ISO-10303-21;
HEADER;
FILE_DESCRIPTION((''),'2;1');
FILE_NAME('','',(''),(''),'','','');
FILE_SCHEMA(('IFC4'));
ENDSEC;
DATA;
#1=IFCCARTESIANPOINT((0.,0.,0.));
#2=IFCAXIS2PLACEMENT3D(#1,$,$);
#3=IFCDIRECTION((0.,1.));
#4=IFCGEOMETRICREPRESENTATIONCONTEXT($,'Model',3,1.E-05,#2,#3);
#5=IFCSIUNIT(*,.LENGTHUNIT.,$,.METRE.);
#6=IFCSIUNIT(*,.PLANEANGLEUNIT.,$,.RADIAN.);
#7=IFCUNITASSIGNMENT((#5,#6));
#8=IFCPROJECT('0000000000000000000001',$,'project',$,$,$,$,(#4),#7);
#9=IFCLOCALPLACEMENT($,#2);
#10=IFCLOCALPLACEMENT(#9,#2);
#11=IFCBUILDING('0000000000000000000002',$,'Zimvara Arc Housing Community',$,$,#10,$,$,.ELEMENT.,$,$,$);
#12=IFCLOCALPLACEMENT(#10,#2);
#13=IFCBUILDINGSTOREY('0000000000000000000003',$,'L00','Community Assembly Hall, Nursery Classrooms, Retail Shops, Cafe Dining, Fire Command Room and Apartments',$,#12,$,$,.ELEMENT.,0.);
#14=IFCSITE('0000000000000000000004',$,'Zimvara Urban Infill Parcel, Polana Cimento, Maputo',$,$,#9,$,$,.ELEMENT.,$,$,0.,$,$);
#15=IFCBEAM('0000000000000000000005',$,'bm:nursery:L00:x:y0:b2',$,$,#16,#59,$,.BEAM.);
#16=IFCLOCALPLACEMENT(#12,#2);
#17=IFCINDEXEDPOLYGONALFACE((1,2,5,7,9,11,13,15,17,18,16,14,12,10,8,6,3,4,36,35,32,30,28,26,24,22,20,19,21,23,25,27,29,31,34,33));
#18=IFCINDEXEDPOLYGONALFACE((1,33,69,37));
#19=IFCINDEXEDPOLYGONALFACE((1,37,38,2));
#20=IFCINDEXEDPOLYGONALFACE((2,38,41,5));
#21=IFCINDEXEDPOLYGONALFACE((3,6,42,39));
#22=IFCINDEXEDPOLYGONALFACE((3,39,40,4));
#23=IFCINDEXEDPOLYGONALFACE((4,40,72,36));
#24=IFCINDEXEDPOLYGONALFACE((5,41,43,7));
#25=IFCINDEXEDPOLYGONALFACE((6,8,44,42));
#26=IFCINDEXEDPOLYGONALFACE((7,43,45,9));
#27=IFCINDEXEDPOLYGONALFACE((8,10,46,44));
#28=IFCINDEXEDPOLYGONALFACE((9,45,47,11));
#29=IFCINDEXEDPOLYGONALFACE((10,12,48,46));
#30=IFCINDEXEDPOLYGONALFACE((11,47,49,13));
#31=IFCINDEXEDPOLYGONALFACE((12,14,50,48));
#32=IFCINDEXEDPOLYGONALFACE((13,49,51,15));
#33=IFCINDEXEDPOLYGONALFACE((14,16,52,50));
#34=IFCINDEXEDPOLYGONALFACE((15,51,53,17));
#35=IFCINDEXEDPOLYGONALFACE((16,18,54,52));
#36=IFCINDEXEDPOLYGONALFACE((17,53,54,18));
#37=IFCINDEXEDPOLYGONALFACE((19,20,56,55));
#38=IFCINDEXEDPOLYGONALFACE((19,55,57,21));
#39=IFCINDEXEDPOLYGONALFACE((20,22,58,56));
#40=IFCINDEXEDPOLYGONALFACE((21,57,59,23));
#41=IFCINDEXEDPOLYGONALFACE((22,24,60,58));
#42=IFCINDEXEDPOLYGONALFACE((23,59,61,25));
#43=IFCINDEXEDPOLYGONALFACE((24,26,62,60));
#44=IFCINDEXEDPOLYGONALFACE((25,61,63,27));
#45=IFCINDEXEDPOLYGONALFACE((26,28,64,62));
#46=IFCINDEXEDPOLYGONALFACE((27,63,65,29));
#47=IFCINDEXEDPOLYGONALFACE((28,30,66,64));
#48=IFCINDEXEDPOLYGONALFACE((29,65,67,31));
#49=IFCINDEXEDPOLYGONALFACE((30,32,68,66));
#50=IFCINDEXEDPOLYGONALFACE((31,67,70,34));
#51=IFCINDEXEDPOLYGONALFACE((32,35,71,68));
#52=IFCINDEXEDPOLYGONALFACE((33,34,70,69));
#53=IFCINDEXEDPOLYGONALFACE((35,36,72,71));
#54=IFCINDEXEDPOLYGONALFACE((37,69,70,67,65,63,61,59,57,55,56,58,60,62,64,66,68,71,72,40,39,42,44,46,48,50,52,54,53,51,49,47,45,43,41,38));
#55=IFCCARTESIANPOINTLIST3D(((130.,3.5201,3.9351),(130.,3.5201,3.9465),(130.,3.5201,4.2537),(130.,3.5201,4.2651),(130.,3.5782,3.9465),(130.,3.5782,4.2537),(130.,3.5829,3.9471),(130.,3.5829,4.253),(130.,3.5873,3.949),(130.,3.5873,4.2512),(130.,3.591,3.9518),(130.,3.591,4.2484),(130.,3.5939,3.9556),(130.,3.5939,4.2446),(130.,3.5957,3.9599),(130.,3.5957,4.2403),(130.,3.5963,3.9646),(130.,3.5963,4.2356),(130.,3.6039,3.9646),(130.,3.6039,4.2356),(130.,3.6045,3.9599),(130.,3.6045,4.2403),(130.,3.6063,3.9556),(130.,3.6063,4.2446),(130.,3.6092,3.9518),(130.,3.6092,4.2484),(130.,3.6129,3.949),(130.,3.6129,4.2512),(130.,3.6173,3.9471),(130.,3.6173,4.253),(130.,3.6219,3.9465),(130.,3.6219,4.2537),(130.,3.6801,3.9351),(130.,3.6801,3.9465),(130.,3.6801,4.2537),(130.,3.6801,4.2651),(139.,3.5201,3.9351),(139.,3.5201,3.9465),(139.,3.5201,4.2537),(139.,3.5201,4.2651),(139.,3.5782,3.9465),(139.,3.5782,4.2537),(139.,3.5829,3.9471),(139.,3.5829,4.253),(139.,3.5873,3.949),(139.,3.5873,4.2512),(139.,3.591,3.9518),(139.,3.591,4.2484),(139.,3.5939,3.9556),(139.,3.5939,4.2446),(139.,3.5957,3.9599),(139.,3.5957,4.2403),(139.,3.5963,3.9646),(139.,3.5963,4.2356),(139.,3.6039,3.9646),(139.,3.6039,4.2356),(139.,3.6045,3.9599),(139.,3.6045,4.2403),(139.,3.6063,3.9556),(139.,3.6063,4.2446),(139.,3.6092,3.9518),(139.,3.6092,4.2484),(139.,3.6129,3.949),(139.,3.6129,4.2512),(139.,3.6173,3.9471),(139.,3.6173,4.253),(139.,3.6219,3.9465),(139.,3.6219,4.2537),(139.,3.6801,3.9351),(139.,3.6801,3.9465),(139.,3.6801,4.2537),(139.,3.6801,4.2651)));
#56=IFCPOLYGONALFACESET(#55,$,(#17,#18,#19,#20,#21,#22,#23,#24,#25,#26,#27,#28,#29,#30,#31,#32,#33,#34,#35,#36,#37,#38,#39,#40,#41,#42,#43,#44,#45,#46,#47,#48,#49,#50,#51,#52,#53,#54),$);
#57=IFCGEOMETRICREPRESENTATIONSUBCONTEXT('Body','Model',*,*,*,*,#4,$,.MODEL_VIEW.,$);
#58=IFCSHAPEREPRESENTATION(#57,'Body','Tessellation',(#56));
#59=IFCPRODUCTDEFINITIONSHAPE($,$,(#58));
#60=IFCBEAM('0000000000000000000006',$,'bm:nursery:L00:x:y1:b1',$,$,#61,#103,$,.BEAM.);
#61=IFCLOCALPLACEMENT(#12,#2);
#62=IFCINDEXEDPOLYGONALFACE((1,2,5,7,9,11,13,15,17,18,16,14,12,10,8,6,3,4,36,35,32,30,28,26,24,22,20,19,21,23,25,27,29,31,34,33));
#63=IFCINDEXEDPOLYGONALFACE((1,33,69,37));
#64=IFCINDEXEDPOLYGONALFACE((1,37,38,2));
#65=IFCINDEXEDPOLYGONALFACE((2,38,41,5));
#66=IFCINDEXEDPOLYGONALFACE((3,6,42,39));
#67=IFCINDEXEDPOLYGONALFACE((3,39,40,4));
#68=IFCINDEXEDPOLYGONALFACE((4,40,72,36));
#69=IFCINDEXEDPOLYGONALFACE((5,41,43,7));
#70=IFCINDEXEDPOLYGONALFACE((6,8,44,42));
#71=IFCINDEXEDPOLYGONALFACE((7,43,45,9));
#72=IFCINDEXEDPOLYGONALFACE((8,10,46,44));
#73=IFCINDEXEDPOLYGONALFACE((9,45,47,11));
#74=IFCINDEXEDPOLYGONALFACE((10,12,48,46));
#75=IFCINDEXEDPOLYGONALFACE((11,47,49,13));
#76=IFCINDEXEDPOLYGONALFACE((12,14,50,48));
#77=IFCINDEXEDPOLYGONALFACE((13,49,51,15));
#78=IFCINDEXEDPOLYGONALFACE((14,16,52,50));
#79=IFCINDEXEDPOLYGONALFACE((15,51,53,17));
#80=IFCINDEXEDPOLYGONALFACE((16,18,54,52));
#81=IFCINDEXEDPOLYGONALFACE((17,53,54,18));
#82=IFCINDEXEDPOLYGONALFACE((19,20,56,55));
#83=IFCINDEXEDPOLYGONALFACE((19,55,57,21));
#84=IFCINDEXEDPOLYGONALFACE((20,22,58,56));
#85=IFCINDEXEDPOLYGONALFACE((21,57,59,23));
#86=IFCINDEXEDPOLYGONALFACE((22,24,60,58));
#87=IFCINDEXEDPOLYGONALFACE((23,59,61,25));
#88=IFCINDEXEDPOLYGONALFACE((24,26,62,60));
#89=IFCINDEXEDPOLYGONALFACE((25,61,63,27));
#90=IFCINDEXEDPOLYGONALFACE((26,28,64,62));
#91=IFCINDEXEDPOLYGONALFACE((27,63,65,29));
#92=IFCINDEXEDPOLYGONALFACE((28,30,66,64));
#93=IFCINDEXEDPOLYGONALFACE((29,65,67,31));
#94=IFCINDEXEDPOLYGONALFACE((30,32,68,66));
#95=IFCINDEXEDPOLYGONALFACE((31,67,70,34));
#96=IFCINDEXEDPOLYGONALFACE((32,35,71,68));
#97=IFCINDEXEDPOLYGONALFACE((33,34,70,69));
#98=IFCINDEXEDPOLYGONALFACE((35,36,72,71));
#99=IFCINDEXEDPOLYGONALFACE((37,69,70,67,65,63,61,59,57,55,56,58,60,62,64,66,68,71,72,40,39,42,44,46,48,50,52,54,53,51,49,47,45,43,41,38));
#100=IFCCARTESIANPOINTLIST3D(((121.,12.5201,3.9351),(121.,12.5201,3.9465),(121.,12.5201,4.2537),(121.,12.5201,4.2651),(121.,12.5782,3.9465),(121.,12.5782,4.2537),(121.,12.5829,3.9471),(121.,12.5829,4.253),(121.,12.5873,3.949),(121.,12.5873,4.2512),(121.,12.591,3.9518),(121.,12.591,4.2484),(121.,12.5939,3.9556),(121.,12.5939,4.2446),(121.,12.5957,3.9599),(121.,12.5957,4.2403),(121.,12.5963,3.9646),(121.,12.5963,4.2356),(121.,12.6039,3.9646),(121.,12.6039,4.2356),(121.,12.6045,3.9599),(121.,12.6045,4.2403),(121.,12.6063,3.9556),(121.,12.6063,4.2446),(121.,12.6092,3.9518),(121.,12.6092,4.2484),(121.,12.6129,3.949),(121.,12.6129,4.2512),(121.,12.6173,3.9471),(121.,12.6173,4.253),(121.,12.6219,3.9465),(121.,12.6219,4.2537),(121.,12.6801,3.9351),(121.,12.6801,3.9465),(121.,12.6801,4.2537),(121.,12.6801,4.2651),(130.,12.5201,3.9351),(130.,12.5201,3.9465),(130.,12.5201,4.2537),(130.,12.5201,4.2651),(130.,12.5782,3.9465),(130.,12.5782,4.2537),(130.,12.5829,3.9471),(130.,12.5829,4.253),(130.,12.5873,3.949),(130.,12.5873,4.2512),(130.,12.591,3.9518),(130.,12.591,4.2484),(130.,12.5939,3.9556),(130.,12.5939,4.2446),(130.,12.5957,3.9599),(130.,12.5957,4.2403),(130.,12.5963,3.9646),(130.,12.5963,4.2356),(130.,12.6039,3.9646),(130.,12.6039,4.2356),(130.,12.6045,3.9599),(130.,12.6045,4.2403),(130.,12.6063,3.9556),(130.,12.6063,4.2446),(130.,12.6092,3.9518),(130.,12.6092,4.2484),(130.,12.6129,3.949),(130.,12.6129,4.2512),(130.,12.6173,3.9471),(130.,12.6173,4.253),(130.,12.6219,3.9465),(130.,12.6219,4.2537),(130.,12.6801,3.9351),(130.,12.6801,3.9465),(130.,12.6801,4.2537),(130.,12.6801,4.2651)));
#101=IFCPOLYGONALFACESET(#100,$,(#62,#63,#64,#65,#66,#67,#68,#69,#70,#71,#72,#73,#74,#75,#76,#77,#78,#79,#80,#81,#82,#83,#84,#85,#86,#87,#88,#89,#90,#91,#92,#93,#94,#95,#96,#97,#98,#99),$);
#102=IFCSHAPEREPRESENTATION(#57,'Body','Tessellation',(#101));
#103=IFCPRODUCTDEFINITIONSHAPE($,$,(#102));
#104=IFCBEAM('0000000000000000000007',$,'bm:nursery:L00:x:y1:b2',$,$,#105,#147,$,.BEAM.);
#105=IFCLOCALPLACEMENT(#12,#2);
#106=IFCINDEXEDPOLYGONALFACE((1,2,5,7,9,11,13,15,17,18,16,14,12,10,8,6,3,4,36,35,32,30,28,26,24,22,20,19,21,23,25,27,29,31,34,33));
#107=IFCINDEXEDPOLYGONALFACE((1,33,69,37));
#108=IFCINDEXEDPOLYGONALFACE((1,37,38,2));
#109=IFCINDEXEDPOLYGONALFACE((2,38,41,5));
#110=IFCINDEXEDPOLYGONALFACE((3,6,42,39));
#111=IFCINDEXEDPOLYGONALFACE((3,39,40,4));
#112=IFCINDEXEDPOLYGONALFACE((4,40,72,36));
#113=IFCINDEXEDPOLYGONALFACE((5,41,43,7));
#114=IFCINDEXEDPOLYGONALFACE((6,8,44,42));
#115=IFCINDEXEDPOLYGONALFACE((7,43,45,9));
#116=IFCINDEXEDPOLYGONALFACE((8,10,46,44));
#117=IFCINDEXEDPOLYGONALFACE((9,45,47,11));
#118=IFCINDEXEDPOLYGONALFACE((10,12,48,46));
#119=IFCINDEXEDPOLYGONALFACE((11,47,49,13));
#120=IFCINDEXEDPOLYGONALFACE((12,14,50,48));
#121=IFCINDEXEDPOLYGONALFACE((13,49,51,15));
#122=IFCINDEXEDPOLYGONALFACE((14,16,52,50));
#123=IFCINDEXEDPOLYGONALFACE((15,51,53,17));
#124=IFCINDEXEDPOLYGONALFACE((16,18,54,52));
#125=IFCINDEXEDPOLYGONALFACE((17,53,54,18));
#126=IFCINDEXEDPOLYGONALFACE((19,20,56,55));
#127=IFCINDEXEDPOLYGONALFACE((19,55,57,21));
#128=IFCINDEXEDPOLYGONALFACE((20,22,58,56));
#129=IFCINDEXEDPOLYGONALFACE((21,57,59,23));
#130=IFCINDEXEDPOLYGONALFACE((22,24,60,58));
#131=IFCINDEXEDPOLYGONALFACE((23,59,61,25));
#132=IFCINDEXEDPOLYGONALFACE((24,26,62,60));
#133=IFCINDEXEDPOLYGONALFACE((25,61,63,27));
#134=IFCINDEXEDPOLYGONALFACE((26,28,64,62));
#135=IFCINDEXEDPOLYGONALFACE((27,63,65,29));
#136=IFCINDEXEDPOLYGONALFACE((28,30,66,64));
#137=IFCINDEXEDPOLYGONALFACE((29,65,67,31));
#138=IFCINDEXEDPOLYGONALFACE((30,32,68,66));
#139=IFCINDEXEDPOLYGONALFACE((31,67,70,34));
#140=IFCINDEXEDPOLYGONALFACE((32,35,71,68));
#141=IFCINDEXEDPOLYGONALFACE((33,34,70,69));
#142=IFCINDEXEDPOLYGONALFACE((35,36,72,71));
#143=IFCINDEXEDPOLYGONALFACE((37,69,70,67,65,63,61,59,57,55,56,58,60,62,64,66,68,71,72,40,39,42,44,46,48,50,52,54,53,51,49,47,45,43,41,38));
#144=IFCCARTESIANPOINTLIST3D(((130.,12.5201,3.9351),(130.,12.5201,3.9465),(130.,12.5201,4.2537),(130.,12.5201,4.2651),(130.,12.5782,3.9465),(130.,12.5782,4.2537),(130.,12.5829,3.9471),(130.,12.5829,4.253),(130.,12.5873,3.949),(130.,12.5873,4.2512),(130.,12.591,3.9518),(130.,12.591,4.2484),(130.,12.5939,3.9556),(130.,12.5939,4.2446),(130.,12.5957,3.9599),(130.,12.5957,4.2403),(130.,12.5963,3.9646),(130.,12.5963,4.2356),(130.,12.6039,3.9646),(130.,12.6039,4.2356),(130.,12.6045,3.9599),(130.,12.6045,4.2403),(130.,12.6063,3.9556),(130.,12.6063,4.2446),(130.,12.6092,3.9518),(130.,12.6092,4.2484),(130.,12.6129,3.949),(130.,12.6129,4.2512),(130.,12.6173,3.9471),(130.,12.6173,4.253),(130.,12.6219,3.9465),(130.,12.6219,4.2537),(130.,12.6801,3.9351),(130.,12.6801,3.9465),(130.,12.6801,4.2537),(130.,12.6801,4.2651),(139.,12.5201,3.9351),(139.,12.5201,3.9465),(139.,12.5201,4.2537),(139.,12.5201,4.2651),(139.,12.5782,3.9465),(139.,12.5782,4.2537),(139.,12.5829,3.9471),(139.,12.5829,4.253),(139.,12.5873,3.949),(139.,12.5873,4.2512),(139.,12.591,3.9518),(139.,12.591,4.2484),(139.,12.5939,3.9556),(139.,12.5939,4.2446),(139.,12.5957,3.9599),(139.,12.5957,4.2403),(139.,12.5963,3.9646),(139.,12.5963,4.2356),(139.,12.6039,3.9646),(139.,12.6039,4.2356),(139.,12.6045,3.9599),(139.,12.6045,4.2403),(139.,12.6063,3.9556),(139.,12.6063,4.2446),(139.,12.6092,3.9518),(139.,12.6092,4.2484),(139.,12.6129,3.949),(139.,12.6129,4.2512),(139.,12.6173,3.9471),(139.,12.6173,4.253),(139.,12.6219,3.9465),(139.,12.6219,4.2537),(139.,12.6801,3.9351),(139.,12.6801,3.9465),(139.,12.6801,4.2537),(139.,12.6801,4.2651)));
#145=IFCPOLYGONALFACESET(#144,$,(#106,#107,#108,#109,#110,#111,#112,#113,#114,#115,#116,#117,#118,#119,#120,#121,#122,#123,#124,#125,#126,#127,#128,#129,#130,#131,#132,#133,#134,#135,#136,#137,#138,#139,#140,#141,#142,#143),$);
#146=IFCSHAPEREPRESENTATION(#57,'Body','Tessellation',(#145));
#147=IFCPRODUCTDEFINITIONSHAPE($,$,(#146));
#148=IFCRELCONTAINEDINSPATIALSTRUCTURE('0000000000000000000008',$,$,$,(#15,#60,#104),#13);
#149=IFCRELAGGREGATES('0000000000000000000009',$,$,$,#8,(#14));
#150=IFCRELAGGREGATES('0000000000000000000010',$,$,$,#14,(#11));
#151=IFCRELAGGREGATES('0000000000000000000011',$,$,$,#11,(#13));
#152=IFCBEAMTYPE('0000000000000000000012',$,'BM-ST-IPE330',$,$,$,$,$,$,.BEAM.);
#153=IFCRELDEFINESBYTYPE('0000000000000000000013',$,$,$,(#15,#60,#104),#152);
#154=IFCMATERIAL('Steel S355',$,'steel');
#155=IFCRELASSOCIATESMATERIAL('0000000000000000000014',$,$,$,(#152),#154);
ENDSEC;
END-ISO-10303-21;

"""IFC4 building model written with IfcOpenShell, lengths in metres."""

from ifc_helpers import new_model, si_unit, direction, frame, origin, origin_2d, place, context, subcontext, project, spatial, i_section, extrude, material, material_profile, profile_set, type_object, element, save


model = new_model("IFC4")

# Units and contexts
model_context = context("Model", 3, precision=1e-05, world=origin(), true_north=direction((0.0, 1.0)))
body_context = subcontext(model_context, "Body", "Model", "MODEL_VIEW")
ifc_project = project(units=[si_unit("LENGTHUNIT", "METRE"), si_unit("PLANEANGLEUNIT", "RADIAN")], contexts=[model_context])

# Site, building, storey
site_placement = place(None, origin())
site = spatial("IfcSite", under=ifc_project, at=site_placement, Name="Zimvara Urban Infill Parcel, Polana Cimento, Maputo", CompositionType="ELEMENT", RefElevation=0.0)
building_placement = place(site_placement, origin())
building = spatial("IfcBuilding", under=site, at=building_placement, Name="Zimvara Arc Housing Community", CompositionType="ELEMENT")
storey_placement = place(building_placement, origin())
storey = spatial("IfcBuildingStorey", under=building, at=storey_placement, Name="L00", Description="Community Assembly Hall, Nursery Classrooms, Retail Shops, Cafe Dining, Fire Command Room and Apartments", CompositionType="ELEMENT", Elevation=0.0)

# Beams
ifc_material_1 = material(Name="Steel S355", Category="steel")
ifc_material_profile_1 = material_profile(ifc_material_1, i_section(OverallWidth=0.1599, OverallDepth=0.3301, WebThickness=0.0076, FlangeThickness=0.0115, FilletRadius=0.0181, at=origin_2d()), Name="IPE 330")
ifc_profile_set_1 = profile_set([ifc_material_profile_1], Name="Steel S355")
beam_type_1 = type_object("IfcBeamType", Name="BM-ST-IPE330", PredefinedType="BEAM", material=ifc_profile_set_1)
for number, where, z_axis, x_axis, name in (
    (1, (130.0, 3.6001, 4.1001), (1.0, 0.0, 0.0), (0.0, 1.0, 0.0), "bm:nursery:L00:x:y0:b2"),
    (2, (121.0, 12.6001, 4.1001), (1.0, 0.0, 0.0), (0.0, 1.0, 0.0), "bm:nursery:L00:x:y1:b1"),
    (3, (130.0, 12.6001, 4.1001), (1.0, 0.0, 0.0), (0.0, 1.0, 0.0), "bm:nursery:L00:x:y1:b2"),
):
    element("IfcBeam", number, at=place(storey_placement, frame(where, z_axis=z_axis, x_axis=x_axis)), inside=storey, type_object=beam_type_1, Name=name, PredefinedType="BEAM", context=body_context, shape_type="SweptSolid", body=[
        extrude(i_section(OverallWidth=0.1599, OverallDepth=0.3301, WebThickness=0.0076, FlangeThickness=0.0115, FilletRadius=0.0181, at=origin_2d()), origin(), (0.0, 0.0, 1.0), 9.0),
    ])

save(model, "model.ifc")
